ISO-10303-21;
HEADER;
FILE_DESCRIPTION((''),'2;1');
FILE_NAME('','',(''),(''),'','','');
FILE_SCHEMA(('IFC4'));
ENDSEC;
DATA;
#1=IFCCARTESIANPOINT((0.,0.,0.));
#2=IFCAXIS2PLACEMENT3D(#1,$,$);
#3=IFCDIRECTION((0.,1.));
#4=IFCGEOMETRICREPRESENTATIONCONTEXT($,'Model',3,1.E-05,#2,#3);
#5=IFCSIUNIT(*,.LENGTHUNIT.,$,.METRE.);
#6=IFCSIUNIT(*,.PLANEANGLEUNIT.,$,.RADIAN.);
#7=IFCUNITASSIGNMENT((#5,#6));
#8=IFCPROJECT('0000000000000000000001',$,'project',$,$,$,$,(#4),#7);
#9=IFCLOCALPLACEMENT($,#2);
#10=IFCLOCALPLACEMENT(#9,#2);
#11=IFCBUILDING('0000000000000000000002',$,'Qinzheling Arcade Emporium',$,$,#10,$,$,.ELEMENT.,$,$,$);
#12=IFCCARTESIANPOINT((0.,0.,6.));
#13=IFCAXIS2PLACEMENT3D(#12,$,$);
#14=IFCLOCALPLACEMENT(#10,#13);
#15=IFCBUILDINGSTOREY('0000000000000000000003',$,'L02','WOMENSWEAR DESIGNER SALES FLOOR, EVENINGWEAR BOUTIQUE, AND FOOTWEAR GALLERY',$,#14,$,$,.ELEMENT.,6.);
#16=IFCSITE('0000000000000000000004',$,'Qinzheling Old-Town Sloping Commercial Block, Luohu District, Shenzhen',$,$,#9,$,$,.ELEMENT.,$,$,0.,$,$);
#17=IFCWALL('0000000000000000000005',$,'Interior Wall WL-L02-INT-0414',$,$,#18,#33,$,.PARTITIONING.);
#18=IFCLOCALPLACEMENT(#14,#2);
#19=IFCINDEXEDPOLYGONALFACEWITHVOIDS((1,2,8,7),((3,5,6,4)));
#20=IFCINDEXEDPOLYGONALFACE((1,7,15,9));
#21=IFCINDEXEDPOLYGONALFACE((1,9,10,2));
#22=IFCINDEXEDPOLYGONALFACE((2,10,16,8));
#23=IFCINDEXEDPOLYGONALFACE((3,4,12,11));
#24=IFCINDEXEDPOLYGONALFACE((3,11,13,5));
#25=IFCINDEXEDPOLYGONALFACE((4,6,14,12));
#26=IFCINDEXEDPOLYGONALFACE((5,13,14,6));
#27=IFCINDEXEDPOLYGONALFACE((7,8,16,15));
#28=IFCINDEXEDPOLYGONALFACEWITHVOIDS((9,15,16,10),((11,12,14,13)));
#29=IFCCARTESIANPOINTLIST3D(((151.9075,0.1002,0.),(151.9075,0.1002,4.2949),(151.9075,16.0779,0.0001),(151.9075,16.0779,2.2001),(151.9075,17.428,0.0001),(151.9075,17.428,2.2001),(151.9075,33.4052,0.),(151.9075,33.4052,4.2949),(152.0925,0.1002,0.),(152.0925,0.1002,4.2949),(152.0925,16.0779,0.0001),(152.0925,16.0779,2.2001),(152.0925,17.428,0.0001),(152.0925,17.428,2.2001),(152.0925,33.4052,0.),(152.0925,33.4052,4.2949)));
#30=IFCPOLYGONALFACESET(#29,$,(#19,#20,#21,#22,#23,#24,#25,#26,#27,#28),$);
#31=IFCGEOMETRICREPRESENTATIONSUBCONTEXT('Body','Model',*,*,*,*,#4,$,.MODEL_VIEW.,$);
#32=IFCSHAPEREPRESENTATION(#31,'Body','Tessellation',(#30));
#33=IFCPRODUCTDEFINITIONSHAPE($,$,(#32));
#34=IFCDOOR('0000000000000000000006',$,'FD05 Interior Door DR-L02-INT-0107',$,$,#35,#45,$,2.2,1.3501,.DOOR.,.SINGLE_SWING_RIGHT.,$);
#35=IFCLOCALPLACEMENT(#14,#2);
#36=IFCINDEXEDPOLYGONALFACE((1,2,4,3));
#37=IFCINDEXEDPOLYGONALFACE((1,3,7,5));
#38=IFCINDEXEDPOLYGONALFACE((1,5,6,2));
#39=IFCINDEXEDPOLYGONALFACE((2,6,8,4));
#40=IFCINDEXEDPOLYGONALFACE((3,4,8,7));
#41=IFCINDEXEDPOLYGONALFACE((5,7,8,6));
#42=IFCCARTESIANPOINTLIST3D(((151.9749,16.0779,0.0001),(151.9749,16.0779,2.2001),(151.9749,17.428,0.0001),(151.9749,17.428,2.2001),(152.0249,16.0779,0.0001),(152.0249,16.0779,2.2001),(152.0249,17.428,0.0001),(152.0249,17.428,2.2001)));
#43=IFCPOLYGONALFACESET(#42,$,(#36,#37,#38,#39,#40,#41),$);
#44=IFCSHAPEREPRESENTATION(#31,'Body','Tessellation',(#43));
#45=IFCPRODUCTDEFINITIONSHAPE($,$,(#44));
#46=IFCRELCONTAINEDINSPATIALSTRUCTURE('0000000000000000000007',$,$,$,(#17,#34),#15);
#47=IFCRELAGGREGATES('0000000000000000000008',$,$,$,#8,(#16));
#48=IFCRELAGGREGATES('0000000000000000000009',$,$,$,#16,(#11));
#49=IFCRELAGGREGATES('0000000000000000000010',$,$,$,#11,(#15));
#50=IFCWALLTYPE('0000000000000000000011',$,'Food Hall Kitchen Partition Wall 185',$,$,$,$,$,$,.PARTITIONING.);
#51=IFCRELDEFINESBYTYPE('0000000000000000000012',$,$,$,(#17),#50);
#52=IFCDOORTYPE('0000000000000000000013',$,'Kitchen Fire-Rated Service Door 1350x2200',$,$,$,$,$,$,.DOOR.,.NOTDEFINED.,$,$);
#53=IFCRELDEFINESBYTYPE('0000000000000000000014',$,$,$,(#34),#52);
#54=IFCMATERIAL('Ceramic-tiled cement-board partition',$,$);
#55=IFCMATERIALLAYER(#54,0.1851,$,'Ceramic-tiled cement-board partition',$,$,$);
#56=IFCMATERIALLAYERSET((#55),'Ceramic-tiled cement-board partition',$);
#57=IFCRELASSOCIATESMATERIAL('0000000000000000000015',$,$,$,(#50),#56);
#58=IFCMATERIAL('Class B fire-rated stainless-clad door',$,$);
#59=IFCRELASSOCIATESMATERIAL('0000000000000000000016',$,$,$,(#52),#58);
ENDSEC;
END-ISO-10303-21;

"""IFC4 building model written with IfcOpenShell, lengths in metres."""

from ifc_helpers import new_model, si_unit, direction, frame, frame_2d, origin, place, context, subcontext, project, spatial, rectangle, extrude, material, layer, layer_set, type_object, element, fill, save


model = new_model("IFC4")

# Units and contexts
model_context = context("Model", 3, precision=1e-05, world=origin(), true_north=direction((0.0, 1.0)))
body_context = subcontext(model_context, "Body", "Model", "MODEL_VIEW")
ifc_project = project(units=[si_unit("LENGTHUNIT", "METRE"), si_unit("PLANEANGLEUNIT", "RADIAN")], contexts=[model_context])

# Site, building, storey
site_placement = place(None, origin())
site = spatial("IfcSite", under=ifc_project, at=site_placement, Name="Qinzheling Old-Town Sloping Commercial Block, Luohu District, Shenzhen", CompositionType="ELEMENT", RefElevation=0.0)
building_placement = place(site_placement, origin())
building = spatial("IfcBuilding", under=site, at=building_placement, Name="Qinzheling Arcade Emporium", CompositionType="ELEMENT")
storey_placement = place(building_placement, frame((0.0, 0.0, 6.0)))
storey = spatial("IfcBuildingStorey", under=building, at=storey_placement, Name="L02", Description="WOMENSWEAR DESIGNER SALES FLOOR, EVENINGWEAR BOUTIQUE, AND FOOTWEAR GALLERY", CompositionType="ELEMENT", Elevation=6.0)

# Wall, opening, door
ifc_material_1 = material(Name="Ceramic-tiled cement-board partition")
ifc_layer_1 = layer(ifc_material_1, 0.1851, Name="Ceramic-tiled cement-board partition")
ifc_layer_set_1 = layer_set([ifc_layer_1], Name="Ceramic-tiled cement-board partition")
wall_type = type_object("IfcWallType", Name="Food Hall Kitchen Partition Wall 185", PredefinedType="PARTITIONING", material=ifc_layer_set_1)
wall_placement = place(storey_placement, frame((152.0, 33.405, 0.0), z_axis=(0.0, 0.0, 1.0), x_axis=(0.0, -1.0, 0.0)))
wall = element("IfcWall", 1, at=wall_placement, inside=storey, type_object=wall_type, Name="Interior Wall WL-L02-INT-0414", PredefinedType="PARTITIONING", context=body_context, shape_type="SweptSolid", body=[
    extrude(rectangle(XDim=33.3049, YDim=0.1851, at=frame_2d((16.6523, 0.0))), origin(), (0.0, 0.0, 1.0), 4.2949),
])
opening_placement = place(wall_placement, frame((15.9771, 0.0, 0.0)))
opening = element("IfcOpeningElement", 2, at=opening_placement, cuts=wall, PredefinedType="OPENING", context=body_context, shape_type="SweptSolid", body=[
    extrude(rectangle(XDim=1.3501, YDim=2.2, at=frame_2d((0.675, 1.1001))), frame((0.0, 0.1025, 0.0), z_axis=(0.0, -1.0, 0.0), x_axis=(1.0, 0.0, 0.0)), (0.0, 0.0, 1.0), 0.2051),
])
ifc_material_2 = material(Name="Class B fire-rated stainless-clad door")
door_type = type_object("IfcDoorType", Name="Kitchen Fire-Rated Service Door 1350x2200", OperationType="NOTDEFINED", PredefinedType="DOOR", material=ifc_material_2)
door_placement = place(opening_placement, origin())
door = element("IfcDoor", 3, at=door_placement, inside=storey, type_object=door_type, Name="FD05 Interior Door DR-L02-INT-0107", OperationType="SINGLE_SWING_RIGHT", OverallHeight=2.2, OverallWidth=1.3501, PredefinedType="DOOR", context=body_context, shape_type="SweptSolid", body=[
    extrude(rectangle(XDim=1.3501, YDim=2.2, at=frame_2d((0.675, 1.1001))), frame((0.0, 0.0249, 0.0), z_axis=(0.0, -1.0, 0.0), x_axis=(1.0, 0.0, 0.0)), (0.0, 0.0, 1.0), 0.05),
])
fill(opening, door)

save(model, "model.ifc")
